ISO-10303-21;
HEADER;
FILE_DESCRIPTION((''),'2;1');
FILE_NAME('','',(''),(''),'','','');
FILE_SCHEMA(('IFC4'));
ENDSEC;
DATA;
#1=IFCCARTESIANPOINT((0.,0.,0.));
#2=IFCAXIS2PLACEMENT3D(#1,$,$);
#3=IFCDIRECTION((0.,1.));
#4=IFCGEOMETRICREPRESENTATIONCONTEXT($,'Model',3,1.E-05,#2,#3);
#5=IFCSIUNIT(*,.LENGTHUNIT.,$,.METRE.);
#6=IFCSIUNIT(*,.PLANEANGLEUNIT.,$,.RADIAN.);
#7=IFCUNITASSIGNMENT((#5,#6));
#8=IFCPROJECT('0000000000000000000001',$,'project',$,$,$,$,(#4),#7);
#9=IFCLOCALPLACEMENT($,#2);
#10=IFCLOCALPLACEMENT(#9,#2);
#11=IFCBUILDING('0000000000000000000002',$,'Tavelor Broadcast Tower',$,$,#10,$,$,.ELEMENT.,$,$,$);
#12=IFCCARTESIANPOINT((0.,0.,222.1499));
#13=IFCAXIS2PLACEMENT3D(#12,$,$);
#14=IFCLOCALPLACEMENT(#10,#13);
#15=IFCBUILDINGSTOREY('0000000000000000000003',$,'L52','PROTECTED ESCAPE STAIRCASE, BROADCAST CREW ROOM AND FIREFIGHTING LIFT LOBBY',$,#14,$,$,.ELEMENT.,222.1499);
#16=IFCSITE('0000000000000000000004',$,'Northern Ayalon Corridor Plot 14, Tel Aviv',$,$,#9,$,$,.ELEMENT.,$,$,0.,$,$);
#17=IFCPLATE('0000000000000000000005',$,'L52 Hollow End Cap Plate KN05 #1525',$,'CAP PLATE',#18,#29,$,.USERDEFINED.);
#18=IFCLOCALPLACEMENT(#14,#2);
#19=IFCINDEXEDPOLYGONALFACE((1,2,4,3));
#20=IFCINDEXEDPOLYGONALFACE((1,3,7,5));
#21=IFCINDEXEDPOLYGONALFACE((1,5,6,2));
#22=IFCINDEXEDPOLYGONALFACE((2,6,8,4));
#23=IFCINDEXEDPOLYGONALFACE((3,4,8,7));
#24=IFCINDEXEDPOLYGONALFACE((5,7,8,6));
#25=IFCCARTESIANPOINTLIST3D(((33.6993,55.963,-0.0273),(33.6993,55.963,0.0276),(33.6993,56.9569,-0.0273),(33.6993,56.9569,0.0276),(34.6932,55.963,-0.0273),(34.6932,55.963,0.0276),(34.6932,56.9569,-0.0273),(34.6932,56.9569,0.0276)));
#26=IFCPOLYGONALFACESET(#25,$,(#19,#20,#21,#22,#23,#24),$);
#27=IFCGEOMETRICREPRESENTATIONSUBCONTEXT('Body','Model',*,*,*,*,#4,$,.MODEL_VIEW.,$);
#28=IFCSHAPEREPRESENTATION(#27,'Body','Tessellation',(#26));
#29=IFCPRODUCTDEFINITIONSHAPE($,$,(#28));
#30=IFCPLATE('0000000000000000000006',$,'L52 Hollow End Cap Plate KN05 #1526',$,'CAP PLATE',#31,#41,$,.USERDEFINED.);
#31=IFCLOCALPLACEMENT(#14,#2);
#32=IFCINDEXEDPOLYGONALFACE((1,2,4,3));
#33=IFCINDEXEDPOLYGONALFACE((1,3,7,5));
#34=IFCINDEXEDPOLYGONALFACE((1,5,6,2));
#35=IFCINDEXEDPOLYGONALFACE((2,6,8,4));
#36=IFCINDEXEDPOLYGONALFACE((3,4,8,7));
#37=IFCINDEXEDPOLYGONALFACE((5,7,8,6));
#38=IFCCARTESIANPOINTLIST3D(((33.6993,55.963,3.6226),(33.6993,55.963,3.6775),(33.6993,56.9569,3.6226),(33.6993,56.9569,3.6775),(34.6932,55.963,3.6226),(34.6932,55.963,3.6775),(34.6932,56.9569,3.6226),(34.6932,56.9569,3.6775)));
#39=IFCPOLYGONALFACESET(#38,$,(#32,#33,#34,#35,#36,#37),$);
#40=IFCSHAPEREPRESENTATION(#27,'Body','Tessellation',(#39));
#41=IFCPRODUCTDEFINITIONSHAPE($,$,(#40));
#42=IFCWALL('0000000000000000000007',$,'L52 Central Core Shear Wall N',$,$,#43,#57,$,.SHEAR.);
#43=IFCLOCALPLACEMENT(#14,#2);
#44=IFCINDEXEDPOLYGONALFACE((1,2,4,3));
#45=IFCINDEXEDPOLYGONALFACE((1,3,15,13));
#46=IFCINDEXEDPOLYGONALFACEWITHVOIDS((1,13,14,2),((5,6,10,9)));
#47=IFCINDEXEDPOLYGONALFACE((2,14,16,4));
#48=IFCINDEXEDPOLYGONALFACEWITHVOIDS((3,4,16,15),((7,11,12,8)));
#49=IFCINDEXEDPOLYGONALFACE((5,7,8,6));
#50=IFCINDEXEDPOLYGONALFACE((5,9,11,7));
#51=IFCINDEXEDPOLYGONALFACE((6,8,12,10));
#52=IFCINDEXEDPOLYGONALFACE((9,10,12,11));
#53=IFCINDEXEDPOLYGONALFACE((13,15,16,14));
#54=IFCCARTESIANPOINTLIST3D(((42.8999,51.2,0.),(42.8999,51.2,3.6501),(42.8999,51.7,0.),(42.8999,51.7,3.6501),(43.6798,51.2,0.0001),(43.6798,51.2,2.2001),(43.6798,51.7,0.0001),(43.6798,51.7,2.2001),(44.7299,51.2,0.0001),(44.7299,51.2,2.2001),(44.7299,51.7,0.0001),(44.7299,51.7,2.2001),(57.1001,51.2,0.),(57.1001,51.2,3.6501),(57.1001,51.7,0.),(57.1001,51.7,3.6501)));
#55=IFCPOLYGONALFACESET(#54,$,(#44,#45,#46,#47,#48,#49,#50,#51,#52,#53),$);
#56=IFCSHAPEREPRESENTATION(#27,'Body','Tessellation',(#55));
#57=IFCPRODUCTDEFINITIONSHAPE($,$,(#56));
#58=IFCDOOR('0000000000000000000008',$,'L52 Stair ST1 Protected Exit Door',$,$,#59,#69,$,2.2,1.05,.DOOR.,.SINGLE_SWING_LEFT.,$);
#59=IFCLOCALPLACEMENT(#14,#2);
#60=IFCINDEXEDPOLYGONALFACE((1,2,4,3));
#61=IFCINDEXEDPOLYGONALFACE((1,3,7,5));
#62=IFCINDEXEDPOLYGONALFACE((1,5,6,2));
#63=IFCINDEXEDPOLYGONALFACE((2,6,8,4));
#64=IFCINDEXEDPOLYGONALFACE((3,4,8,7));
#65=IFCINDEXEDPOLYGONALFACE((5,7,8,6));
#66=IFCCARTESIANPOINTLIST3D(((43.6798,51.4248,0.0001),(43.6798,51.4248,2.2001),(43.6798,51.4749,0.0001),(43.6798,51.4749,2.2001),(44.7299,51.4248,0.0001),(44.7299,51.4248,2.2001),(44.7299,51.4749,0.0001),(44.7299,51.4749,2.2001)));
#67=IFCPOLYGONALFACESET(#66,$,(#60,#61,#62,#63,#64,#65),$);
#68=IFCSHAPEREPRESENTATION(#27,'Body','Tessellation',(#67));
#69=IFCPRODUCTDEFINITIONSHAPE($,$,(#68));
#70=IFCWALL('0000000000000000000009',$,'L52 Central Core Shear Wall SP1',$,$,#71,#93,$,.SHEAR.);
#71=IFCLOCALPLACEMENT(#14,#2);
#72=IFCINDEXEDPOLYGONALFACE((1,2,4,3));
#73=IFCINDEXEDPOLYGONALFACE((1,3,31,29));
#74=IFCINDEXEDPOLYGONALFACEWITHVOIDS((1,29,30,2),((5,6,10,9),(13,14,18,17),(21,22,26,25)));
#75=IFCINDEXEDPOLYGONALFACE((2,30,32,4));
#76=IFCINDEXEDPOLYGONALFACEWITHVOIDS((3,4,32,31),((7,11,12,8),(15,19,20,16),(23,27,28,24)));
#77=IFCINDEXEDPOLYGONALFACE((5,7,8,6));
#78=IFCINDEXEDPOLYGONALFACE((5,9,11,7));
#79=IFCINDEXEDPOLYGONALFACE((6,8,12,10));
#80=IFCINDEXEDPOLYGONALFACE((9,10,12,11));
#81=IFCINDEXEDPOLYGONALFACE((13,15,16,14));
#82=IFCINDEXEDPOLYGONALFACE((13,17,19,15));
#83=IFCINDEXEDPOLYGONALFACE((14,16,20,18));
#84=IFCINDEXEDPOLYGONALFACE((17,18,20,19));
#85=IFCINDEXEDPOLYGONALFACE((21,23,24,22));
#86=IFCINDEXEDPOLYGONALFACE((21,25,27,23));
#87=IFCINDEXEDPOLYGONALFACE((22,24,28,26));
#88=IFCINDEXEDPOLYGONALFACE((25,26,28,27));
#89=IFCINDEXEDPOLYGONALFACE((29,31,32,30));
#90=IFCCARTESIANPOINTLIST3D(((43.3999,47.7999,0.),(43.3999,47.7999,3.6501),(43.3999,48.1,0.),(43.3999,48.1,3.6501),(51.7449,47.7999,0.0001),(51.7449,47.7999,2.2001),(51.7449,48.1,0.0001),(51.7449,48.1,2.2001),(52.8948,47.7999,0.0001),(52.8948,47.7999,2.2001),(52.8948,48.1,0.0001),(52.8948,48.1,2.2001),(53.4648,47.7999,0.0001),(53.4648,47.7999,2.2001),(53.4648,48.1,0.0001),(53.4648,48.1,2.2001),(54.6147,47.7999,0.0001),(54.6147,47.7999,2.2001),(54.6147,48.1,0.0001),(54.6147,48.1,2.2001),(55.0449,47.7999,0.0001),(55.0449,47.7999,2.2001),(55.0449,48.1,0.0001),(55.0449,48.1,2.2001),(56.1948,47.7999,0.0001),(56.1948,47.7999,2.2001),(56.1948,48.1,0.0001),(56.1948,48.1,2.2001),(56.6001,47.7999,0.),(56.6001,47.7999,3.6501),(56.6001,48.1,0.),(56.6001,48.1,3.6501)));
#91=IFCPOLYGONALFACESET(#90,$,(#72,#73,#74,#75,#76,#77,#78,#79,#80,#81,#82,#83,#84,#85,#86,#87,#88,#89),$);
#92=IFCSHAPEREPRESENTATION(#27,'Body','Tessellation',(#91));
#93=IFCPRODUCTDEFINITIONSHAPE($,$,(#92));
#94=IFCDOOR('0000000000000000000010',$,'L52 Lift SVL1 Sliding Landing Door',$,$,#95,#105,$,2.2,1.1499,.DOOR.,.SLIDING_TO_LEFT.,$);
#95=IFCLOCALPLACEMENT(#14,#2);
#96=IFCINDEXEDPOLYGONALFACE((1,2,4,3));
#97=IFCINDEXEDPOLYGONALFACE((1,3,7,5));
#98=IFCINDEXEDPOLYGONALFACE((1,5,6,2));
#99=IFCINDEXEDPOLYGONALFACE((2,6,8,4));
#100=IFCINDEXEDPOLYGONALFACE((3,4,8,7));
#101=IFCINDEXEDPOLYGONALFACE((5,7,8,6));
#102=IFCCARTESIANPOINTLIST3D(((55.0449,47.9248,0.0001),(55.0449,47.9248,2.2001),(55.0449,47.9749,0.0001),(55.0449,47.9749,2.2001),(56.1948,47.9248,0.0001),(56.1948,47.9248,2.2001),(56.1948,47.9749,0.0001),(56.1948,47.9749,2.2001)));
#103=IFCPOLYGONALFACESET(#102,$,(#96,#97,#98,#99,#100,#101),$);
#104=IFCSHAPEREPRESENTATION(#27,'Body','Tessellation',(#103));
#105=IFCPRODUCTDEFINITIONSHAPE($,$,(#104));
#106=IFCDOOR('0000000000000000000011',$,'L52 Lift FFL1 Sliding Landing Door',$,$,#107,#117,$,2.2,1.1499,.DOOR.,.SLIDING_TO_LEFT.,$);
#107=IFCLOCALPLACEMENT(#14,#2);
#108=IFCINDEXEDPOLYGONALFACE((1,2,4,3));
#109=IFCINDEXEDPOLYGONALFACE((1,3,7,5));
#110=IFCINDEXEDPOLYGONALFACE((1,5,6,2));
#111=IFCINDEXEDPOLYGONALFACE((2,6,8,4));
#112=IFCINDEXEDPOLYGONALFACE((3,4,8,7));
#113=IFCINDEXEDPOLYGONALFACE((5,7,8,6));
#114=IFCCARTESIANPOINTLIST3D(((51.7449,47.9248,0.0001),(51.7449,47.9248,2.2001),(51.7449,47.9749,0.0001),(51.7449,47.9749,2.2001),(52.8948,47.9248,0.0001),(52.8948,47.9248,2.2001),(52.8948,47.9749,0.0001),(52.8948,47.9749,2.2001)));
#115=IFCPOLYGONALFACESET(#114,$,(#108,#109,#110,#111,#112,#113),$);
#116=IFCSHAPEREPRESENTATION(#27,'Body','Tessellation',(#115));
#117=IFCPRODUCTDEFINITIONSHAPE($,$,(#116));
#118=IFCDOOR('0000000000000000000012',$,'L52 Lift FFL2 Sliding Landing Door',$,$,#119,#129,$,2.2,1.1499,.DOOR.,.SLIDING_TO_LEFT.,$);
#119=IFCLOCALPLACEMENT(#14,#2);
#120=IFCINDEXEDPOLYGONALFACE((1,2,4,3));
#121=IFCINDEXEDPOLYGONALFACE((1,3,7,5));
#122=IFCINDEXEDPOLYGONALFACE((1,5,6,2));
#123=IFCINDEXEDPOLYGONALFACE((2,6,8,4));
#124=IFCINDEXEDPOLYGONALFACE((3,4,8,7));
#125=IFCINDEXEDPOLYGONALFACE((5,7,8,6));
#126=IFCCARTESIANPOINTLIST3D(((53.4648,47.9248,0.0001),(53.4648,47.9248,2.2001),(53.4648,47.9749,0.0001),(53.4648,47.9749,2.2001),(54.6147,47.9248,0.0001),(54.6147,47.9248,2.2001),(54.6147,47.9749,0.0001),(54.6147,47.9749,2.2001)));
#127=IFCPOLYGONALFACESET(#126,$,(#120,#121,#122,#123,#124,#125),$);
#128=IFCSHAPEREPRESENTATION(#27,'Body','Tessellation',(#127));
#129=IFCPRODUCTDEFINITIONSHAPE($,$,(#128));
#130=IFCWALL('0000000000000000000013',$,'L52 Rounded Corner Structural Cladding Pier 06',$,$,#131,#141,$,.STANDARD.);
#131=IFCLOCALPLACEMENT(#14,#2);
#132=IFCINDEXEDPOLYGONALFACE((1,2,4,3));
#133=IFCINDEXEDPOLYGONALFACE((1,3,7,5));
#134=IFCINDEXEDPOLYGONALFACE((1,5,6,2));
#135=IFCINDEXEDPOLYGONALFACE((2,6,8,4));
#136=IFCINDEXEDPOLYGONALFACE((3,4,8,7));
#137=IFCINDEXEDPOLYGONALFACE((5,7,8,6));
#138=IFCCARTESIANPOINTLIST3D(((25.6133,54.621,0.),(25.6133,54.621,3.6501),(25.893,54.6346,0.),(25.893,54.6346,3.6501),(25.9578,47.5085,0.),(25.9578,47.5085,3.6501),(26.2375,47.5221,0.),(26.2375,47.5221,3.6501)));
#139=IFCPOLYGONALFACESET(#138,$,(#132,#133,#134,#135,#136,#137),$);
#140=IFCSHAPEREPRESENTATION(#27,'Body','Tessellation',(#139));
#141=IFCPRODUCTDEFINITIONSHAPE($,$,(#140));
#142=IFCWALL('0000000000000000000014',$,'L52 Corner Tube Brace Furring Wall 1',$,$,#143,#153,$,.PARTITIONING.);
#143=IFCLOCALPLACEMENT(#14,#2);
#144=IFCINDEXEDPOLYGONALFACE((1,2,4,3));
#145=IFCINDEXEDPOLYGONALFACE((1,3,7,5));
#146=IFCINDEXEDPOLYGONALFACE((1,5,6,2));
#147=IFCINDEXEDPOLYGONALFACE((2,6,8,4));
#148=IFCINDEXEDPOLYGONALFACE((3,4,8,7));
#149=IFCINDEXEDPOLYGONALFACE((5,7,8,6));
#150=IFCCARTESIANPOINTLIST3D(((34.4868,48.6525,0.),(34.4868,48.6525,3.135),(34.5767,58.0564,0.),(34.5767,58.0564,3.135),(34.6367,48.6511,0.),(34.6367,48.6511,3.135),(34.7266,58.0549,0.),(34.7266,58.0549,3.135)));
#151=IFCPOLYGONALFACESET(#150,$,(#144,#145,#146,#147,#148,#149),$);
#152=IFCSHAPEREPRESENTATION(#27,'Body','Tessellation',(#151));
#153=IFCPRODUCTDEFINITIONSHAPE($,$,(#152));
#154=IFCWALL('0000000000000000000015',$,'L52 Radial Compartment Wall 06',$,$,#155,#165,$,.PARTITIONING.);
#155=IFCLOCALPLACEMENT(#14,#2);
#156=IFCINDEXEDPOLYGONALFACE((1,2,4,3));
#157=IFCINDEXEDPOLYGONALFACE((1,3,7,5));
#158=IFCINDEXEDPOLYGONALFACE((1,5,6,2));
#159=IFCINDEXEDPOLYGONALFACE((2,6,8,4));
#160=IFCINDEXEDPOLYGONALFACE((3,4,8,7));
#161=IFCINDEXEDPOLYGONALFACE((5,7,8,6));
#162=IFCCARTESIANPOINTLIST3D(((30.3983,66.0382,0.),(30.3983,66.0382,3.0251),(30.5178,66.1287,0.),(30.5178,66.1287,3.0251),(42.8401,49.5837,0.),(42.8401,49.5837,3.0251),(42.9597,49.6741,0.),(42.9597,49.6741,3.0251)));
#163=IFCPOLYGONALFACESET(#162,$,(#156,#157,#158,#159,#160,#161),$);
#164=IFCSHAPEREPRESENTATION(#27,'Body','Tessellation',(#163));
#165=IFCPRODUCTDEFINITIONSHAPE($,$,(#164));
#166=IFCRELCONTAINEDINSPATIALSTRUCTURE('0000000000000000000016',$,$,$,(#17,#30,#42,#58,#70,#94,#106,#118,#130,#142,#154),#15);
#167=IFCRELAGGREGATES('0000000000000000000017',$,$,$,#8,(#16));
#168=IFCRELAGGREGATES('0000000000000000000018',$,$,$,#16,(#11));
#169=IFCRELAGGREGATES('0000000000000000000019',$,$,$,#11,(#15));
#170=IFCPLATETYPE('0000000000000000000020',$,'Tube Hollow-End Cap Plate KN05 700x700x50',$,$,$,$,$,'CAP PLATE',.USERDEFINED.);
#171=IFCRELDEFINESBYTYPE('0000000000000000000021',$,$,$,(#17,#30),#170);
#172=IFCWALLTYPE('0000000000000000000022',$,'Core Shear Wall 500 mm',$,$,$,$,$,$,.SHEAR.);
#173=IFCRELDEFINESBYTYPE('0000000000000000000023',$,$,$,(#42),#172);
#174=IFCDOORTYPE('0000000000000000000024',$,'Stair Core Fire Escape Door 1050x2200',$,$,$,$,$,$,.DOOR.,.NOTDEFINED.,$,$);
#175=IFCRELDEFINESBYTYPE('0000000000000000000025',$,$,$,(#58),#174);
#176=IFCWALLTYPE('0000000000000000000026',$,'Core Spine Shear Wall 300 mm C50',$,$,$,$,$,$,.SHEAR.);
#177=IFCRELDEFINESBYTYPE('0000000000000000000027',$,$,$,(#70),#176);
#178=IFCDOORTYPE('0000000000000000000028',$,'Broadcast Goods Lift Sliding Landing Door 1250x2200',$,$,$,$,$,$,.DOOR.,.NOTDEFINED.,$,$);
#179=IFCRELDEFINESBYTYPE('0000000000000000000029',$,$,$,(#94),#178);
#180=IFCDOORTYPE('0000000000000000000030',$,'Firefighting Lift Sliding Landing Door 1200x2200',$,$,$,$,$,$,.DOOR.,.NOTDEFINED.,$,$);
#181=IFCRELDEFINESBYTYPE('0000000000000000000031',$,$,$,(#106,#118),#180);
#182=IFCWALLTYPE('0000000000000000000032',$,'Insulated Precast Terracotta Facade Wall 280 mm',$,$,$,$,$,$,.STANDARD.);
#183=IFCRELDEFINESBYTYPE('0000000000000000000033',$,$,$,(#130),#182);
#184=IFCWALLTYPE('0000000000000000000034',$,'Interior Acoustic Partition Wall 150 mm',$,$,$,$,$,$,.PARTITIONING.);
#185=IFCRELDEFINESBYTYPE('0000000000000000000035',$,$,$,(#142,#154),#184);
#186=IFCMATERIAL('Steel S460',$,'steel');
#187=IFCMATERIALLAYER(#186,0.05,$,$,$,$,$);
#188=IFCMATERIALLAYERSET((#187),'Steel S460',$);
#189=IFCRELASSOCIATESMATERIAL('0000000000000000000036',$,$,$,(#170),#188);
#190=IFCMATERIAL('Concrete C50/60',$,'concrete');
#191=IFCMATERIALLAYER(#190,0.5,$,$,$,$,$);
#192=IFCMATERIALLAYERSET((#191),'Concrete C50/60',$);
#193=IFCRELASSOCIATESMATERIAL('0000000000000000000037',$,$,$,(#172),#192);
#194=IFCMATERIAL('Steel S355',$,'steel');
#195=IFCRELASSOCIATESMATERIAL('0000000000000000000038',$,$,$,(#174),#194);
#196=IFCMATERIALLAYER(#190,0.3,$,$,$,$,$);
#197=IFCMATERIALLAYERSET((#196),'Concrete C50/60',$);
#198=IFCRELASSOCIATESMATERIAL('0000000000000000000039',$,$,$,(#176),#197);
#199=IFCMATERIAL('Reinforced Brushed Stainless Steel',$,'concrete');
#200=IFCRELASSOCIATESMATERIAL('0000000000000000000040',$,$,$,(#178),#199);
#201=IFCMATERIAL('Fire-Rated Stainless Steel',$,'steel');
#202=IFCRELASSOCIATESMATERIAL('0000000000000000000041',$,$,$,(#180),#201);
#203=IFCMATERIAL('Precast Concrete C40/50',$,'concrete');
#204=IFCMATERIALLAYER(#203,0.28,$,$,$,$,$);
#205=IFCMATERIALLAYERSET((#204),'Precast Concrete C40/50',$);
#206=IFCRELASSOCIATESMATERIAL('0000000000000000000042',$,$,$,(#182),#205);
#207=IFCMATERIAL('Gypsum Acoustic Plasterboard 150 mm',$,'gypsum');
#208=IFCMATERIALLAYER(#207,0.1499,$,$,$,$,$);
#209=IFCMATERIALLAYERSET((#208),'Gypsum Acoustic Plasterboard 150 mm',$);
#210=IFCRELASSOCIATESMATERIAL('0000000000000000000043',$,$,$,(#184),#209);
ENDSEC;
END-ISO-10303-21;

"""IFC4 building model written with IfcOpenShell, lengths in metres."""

from ifc_helpers import new_model, si_unit, direction, frame, frame_2d, origin, origin_2d, place, context, subcontext, project, spatial, rectangle, extrude, source, transform, mapped, material, layer, layer_set, type_object, element, fill, save


model = new_model("IFC4")

# Units and contexts
model_context = context("Model", 3, precision=1e-05, world=origin(), true_north=direction((0.0, 1.0)))
body_context = subcontext(model_context, "Body", "Model", "MODEL_VIEW")
ifc_project = project(units=[si_unit("LENGTHUNIT", "METRE"), si_unit("PLANEANGLEUNIT", "RADIAN")], contexts=[model_context])

# Site, building, storey
site_placement = place(None, origin())
site = spatial("IfcSite", under=ifc_project, at=site_placement, Name="Northern Ayalon Corridor Plot 14, Tel Aviv", CompositionType="ELEMENT", RefElevation=0.0)
building_placement = place(site_placement, origin())
building = spatial("IfcBuilding", under=site, at=building_placement, Name="Tavelor Broadcast Tower", CompositionType="ELEMENT")
storey_placement = place(building_placement, frame((0.0, 0.0, 222.1499)))
storey = spatial("IfcBuildingStorey", under=building, at=storey_placement, Name="L52", Description="PROTECTED ESCAPE STAIRCASE, BROADCAST CREW ROOM AND FIREFIGHTING LIFT LOBBY", CompositionType="ELEMENT", Elevation=222.1499)

# Shared definitions
ifc_material_1 = material(Name="Concrete C50/60", Category="concrete")
ifc_material_2 = material(Name="Steel S460", Category="steel")

# Shared definitions
ifc_material_3 = material(Name="Steel S355", Category="steel")

# Plates
ifc_layer_1 = layer(ifc_material_2, 0.05)
ifc_layer_set_1 = layer_set([ifc_layer_1], Name="Steel S460")
plate_type = type_object("IfcPlateType", Name="Tube Hollow-End Cap Plate KN05 700x700x50", ElementType="CAP PLATE", PredefinedType="USERDEFINED", material=ifc_layer_set_1)
shared_shape_1 = source(origin(), body_context, "Body", "SweptSolid", [
    extrude(rectangle(XDim=0.9939, YDim=0.9939, at=origin_2d()), origin(), (0.0, 0.0, 1.0), 0.0549),
])
for number, where, z_axis, x_axis, name in (
    (1, (34.1963, 56.46, -0.0273), (0.0, 0.0, 1.0), (1.0, 0.0, 0.0), "L52 Hollow End Cap Plate KN05 #1525"),
    (2, (34.1963, 56.46, 3.6226), (0.0, 0.0, 1.0), (1.0, 0.0, 0.0), "L52 Hollow End Cap Plate KN05 #1526"),
):
    element("IfcPlate", number, at=place(storey_placement, frame(where, z_axis=z_axis, x_axis=x_axis)), inside=storey, type_object=plate_type, Name=name, ObjectType="CAP PLATE", PredefinedType="USERDEFINED", context=body_context, shape_type="MappedRepresentation", body=[
        mapped(shared_shape_1, transform((0.0, 0.0, 0.0), scale=1.0)),
    ])

# Wall, opening, door
ifc_layer_2 = layer(ifc_material_1, 0.5)
ifc_layer_set_2 = layer_set([ifc_layer_2], Name="Concrete C50/60")
wall_type_1 = type_object("IfcWallType", Name="Core Shear Wall 500 mm", PredefinedType="SHEAR", material=ifc_layer_set_2)
wall_1_placement = place(storey_placement, frame((42.8999, 51.45, 0.0), z_axis=(0.0, 0.0, 1.0), x_axis=(1.0, 0.0, 0.0)))
wall_1 = element("IfcWall", 3, at=wall_1_placement, inside=storey, type_object=wall_type_1, Name="L52 Central Core Shear Wall N", PredefinedType="SHEAR", context=body_context, shape_type="SweptSolid", body=[
    extrude(rectangle(XDim=14.2002, YDim=0.5, at=frame_2d((7.1001, 0.0))), origin(), (0.0, 0.0, 1.0), 3.6501),
])
opening_1_placement = place(wall_1_placement, frame((0.78, 0.0, 0.0)))
opening_1 = element("IfcOpeningElement", 4, at=opening_1_placement, cuts=wall_1, PredefinedType="OPENING", context=body_context, shape_type="SweptSolid", body=[
    extrude(rectangle(XDim=1.05, YDim=2.2, at=frame_2d((0.5249, 1.1001))), frame((0.0, 0.26, 0.0), z_axis=(0.0, -1.0, 0.0), x_axis=(1.0, 0.0, 0.0)), (0.0, 0.0, 1.0), 0.52),
])
door_type_1 = type_object("IfcDoorType", Name="Stair Core Fire Escape Door 1050x2200", OperationType="NOTDEFINED", PredefinedType="DOOR", material=ifc_material_3)
door_1_placement = place(opening_1_placement, origin())
door_1 = element("IfcDoor", 5, at=door_1_placement, inside=storey, type_object=door_type_1, Name="L52 Stair ST1 Protected Exit Door", OperationType="SINGLE_SWING_LEFT", OverallHeight=2.2, OverallWidth=1.05, PredefinedType="DOOR", context=body_context, shape_type="SweptSolid", body=[
    extrude(rectangle(XDim=1.05, YDim=2.2, at=frame_2d((0.5249, 1.1001))), frame((0.0, 0.0249, 0.0), z_axis=(0.0, -1.0, 0.0), x_axis=(1.0, 0.0, 0.0)), (0.0, 0.0, 1.0), 0.05),
])
fill(opening_1, door_1)

# Wall, openings, doors
ifc_layer_3 = layer(ifc_material_1, 0.3)
ifc_layer_set_3 = layer_set([ifc_layer_3], Name="Concrete C50/60")
wall_type_2 = type_object("IfcWallType", Name="Core Spine Shear Wall 300 mm C50", PredefinedType="SHEAR", material=ifc_layer_set_3)
wall_2_placement = place(storey_placement, frame((43.3999, 47.95, 0.0), z_axis=(0.0, 0.0, 1.0), x_axis=(1.0, 0.0, 0.0)))
wall_2 = element("IfcWall", 6, at=wall_2_placement, inside=storey, type_object=wall_type_2, Name="L52 Central Core Shear Wall SP1", PredefinedType="SHEAR", context=body_context, shape_type="SweptSolid", body=[
    extrude(rectangle(XDim=13.2002, YDim=0.3, at=frame_2d((6.6001, 0.0))), origin(), (0.0, 0.0, 1.0), 3.6501),
])
opening_2_placement = place(wall_2_placement, frame((8.345, 0.0, 0.0)))
opening_2 = element("IfcOpeningElement", 7, at=opening_2_placement, cuts=wall_2, PredefinedType="OPENING", context=body_context, shape_type="SweptSolid", body=[
    extrude(rectangle(XDim=1.1499, YDim=2.2, at=frame_2d((0.575, 1.1001))), frame((0.0, 0.1602, 0.0), z_axis=(0.0, -1.0, 0.0), x_axis=(1.0, 0.0, 0.0)), (0.0, 0.0, 1.0), 0.3201),
])
opening_3_placement = place(wall_2_placement, frame((10.0649, 0.0, 0.0)))
opening_3 = element("IfcOpeningElement", 8, at=opening_3_placement, cuts=wall_2, PredefinedType="OPENING", context=body_context, shape_type="SweptSolid", body=[
    extrude(rectangle(XDim=1.1499, YDim=2.2, at=frame_2d((0.575, 1.1001))), frame((0.0, 0.1602, 0.0), z_axis=(0.0, -1.0, 0.0), x_axis=(1.0, 0.0, 0.0)), (0.0, 0.0, 1.0), 0.3201),
])
opening_4_placement = place(wall_2_placement, frame((11.645, 0.0, 0.0)))
opening_4 = element("IfcOpeningElement", 9, at=opening_4_placement, cuts=wall_2, PredefinedType="OPENING", context=body_context, shape_type="SweptSolid", body=[
    extrude(rectangle(XDim=1.1499, YDim=2.2, at=frame_2d((0.575, 1.1001))), frame((0.0, 0.1602, 0.0), z_axis=(0.0, -1.0, 0.0), x_axis=(1.0, 0.0, 0.0)), (0.0, 0.0, 1.0), 0.3201),
])
ifc_material_4 = material(Name="Reinforced Brushed Stainless Steel", Category="concrete")
door_type_2 = type_object("IfcDoorType", Name="Broadcast Goods Lift Sliding Landing Door 1250x2200", OperationType="NOTDEFINED", PredefinedType="DOOR", material=ifc_material_4)
door_2_placement = place(opening_4_placement, origin())
door_2 = element("IfcDoor", 10, at=door_2_placement, inside=storey, type_object=door_type_2, Name="L52 Lift SVL1 Sliding Landing Door", OperationType="SLIDING_TO_LEFT", OverallHeight=2.2, OverallWidth=1.1499, PredefinedType="DOOR", context=body_context, shape_type="SweptSolid", body=[
    extrude(rectangle(XDim=1.1499, YDim=2.2, at=frame_2d((0.575, 1.1001))), frame((0.0, 0.0249, 0.0), z_axis=(0.0, -1.0, 0.0), x_axis=(1.0, 0.0, 0.0)), (0.0, 0.0, 1.0), 0.05),
])
fill(opening_4, door_2)
ifc_material_5 = material(Name="Fire-Rated Stainless Steel", Category="steel")
door_type_3 = type_object("IfcDoorType", Name="Firefighting Lift Sliding Landing Door 1200x2200", OperationType="NOTDEFINED", PredefinedType="DOOR", material=ifc_material_5)
door_3_placement = place(opening_2_placement, origin())
door_3 = element("IfcDoor", 11, at=door_3_placement, inside=storey, type_object=door_type_3, Name="L52 Lift FFL1 Sliding Landing Door", OperationType="SLIDING_TO_LEFT", OverallHeight=2.2, OverallWidth=1.1499, PredefinedType="DOOR", context=body_context, shape_type="SweptSolid", body=[
    extrude(rectangle(XDim=1.1499, YDim=2.2, at=frame_2d((0.575, 1.1001))), frame((0.0, 0.0249, 0.0), z_axis=(0.0, -1.0, 0.0), x_axis=(1.0, 0.0, 0.0)), (0.0, 0.0, 1.0), 0.05),
])
fill(opening_2, door_3)
door_4_placement = place(opening_3_placement, origin())
door_4 = element("IfcDoor", 12, at=door_4_placement, inside=storey, type_object=door_type_3, Name="L52 Lift FFL2 Sliding Landing Door", OperationType="SLIDING_TO_LEFT", OverallHeight=2.2, OverallWidth=1.1499, PredefinedType="DOOR", context=body_context, shape_type="SweptSolid", body=[
    extrude(rectangle(XDim=1.1499, YDim=2.2, at=frame_2d((0.575, 1.1001))), frame((0.0, 0.0249, 0.0), z_axis=(0.0, -1.0, 0.0), x_axis=(1.0, 0.0, 0.0)), (0.0, 0.0, 1.0), 0.05),
])
fill(opening_3, door_4)

# Walls
ifc_material_6 = material(Name="Precast Concrete C40/50", Category="concrete")
ifc_layer_4 = layer(ifc_material_6, 0.28)
ifc_layer_set_4 = layer_set([ifc_layer_4], Name="Precast Concrete C40/50")
wall_type_3 = type_object("IfcWallType", Name="Insulated Precast Terracotta Facade Wall 280 mm", PredefinedType="STANDARD", material=ifc_layer_set_4)
wall_3_placement = place(storey_placement, frame((25.7532, 54.6279, 0.0), z_axis=(0.0, 0.0, 1.0), x_axis=(0.048376, -0.998829, 0.0)))
element("IfcWall", 13, at=wall_3_placement, inside=storey, type_object=wall_type_3, Name="L52 Rounded Corner Structural Cladding Pier 06", PredefinedType="STANDARD", context=body_context, shape_type="SweptSolid", body=[
    extrude(rectangle(XDim=7.1208, YDim=0.28, at=frame_2d((3.5605, 0.0))), origin(), (0.0, 0.0, 1.0), 3.6501),
])
ifc_material_7 = material(Name="Gypsum Acoustic Plasterboard 150 mm", Category="gypsum")
ifc_layer_5 = layer(ifc_material_7, 0.1499)
ifc_layer_set_5 = layer_set([ifc_layer_5], Name="Gypsum Acoustic Plasterboard 150 mm")
wall_type_4 = type_object("IfcWallType", Name="Interior Acoustic Partition Wall 150 mm", PredefinedType="PARTITIONING", material=ifc_layer_set_5)
wall_4_placement = place(storey_placement, frame((34.6516, 58.0557, 0.0), z_axis=(0.0, 0.0, 1.0), x_axis=(-0.009554, -0.999954, 0.0)))
element("IfcWall", 14, at=wall_4_placement, inside=storey, type_object=wall_type_4, Name="L52 Corner Tube Brace Furring Wall 1", PredefinedType="PARTITIONING", context=body_context, shape_type="SweptSolid", body=[
    extrude(rectangle(XDim=9.4043, YDim=0.1499, at=frame_2d((4.7021, 0.0))), origin(), (0.0, 0.0, 1.0), 3.135),
])
wall_5_placement = place(storey_placement, frame((42.8999, 49.6289, 0.0), z_axis=(0.0, 0.0, 1.0), x_axis=(-0.603127, 0.797645, 0.0)))
element("IfcWall", 15, at=wall_5_placement, inside=storey, type_object=wall_type_4, Name="L52 Radial Compartment Wall 06", PredefinedType="PARTITIONING", context=body_context, shape_type="SweptSolid", body=[
    extrude(rectangle(XDim=20.6289, YDim=0.1499, at=frame_2d((10.3145, 0.0))), origin(), (0.0, 0.0, 1.0), 3.0251),
])

save(model, "model.ifc")
